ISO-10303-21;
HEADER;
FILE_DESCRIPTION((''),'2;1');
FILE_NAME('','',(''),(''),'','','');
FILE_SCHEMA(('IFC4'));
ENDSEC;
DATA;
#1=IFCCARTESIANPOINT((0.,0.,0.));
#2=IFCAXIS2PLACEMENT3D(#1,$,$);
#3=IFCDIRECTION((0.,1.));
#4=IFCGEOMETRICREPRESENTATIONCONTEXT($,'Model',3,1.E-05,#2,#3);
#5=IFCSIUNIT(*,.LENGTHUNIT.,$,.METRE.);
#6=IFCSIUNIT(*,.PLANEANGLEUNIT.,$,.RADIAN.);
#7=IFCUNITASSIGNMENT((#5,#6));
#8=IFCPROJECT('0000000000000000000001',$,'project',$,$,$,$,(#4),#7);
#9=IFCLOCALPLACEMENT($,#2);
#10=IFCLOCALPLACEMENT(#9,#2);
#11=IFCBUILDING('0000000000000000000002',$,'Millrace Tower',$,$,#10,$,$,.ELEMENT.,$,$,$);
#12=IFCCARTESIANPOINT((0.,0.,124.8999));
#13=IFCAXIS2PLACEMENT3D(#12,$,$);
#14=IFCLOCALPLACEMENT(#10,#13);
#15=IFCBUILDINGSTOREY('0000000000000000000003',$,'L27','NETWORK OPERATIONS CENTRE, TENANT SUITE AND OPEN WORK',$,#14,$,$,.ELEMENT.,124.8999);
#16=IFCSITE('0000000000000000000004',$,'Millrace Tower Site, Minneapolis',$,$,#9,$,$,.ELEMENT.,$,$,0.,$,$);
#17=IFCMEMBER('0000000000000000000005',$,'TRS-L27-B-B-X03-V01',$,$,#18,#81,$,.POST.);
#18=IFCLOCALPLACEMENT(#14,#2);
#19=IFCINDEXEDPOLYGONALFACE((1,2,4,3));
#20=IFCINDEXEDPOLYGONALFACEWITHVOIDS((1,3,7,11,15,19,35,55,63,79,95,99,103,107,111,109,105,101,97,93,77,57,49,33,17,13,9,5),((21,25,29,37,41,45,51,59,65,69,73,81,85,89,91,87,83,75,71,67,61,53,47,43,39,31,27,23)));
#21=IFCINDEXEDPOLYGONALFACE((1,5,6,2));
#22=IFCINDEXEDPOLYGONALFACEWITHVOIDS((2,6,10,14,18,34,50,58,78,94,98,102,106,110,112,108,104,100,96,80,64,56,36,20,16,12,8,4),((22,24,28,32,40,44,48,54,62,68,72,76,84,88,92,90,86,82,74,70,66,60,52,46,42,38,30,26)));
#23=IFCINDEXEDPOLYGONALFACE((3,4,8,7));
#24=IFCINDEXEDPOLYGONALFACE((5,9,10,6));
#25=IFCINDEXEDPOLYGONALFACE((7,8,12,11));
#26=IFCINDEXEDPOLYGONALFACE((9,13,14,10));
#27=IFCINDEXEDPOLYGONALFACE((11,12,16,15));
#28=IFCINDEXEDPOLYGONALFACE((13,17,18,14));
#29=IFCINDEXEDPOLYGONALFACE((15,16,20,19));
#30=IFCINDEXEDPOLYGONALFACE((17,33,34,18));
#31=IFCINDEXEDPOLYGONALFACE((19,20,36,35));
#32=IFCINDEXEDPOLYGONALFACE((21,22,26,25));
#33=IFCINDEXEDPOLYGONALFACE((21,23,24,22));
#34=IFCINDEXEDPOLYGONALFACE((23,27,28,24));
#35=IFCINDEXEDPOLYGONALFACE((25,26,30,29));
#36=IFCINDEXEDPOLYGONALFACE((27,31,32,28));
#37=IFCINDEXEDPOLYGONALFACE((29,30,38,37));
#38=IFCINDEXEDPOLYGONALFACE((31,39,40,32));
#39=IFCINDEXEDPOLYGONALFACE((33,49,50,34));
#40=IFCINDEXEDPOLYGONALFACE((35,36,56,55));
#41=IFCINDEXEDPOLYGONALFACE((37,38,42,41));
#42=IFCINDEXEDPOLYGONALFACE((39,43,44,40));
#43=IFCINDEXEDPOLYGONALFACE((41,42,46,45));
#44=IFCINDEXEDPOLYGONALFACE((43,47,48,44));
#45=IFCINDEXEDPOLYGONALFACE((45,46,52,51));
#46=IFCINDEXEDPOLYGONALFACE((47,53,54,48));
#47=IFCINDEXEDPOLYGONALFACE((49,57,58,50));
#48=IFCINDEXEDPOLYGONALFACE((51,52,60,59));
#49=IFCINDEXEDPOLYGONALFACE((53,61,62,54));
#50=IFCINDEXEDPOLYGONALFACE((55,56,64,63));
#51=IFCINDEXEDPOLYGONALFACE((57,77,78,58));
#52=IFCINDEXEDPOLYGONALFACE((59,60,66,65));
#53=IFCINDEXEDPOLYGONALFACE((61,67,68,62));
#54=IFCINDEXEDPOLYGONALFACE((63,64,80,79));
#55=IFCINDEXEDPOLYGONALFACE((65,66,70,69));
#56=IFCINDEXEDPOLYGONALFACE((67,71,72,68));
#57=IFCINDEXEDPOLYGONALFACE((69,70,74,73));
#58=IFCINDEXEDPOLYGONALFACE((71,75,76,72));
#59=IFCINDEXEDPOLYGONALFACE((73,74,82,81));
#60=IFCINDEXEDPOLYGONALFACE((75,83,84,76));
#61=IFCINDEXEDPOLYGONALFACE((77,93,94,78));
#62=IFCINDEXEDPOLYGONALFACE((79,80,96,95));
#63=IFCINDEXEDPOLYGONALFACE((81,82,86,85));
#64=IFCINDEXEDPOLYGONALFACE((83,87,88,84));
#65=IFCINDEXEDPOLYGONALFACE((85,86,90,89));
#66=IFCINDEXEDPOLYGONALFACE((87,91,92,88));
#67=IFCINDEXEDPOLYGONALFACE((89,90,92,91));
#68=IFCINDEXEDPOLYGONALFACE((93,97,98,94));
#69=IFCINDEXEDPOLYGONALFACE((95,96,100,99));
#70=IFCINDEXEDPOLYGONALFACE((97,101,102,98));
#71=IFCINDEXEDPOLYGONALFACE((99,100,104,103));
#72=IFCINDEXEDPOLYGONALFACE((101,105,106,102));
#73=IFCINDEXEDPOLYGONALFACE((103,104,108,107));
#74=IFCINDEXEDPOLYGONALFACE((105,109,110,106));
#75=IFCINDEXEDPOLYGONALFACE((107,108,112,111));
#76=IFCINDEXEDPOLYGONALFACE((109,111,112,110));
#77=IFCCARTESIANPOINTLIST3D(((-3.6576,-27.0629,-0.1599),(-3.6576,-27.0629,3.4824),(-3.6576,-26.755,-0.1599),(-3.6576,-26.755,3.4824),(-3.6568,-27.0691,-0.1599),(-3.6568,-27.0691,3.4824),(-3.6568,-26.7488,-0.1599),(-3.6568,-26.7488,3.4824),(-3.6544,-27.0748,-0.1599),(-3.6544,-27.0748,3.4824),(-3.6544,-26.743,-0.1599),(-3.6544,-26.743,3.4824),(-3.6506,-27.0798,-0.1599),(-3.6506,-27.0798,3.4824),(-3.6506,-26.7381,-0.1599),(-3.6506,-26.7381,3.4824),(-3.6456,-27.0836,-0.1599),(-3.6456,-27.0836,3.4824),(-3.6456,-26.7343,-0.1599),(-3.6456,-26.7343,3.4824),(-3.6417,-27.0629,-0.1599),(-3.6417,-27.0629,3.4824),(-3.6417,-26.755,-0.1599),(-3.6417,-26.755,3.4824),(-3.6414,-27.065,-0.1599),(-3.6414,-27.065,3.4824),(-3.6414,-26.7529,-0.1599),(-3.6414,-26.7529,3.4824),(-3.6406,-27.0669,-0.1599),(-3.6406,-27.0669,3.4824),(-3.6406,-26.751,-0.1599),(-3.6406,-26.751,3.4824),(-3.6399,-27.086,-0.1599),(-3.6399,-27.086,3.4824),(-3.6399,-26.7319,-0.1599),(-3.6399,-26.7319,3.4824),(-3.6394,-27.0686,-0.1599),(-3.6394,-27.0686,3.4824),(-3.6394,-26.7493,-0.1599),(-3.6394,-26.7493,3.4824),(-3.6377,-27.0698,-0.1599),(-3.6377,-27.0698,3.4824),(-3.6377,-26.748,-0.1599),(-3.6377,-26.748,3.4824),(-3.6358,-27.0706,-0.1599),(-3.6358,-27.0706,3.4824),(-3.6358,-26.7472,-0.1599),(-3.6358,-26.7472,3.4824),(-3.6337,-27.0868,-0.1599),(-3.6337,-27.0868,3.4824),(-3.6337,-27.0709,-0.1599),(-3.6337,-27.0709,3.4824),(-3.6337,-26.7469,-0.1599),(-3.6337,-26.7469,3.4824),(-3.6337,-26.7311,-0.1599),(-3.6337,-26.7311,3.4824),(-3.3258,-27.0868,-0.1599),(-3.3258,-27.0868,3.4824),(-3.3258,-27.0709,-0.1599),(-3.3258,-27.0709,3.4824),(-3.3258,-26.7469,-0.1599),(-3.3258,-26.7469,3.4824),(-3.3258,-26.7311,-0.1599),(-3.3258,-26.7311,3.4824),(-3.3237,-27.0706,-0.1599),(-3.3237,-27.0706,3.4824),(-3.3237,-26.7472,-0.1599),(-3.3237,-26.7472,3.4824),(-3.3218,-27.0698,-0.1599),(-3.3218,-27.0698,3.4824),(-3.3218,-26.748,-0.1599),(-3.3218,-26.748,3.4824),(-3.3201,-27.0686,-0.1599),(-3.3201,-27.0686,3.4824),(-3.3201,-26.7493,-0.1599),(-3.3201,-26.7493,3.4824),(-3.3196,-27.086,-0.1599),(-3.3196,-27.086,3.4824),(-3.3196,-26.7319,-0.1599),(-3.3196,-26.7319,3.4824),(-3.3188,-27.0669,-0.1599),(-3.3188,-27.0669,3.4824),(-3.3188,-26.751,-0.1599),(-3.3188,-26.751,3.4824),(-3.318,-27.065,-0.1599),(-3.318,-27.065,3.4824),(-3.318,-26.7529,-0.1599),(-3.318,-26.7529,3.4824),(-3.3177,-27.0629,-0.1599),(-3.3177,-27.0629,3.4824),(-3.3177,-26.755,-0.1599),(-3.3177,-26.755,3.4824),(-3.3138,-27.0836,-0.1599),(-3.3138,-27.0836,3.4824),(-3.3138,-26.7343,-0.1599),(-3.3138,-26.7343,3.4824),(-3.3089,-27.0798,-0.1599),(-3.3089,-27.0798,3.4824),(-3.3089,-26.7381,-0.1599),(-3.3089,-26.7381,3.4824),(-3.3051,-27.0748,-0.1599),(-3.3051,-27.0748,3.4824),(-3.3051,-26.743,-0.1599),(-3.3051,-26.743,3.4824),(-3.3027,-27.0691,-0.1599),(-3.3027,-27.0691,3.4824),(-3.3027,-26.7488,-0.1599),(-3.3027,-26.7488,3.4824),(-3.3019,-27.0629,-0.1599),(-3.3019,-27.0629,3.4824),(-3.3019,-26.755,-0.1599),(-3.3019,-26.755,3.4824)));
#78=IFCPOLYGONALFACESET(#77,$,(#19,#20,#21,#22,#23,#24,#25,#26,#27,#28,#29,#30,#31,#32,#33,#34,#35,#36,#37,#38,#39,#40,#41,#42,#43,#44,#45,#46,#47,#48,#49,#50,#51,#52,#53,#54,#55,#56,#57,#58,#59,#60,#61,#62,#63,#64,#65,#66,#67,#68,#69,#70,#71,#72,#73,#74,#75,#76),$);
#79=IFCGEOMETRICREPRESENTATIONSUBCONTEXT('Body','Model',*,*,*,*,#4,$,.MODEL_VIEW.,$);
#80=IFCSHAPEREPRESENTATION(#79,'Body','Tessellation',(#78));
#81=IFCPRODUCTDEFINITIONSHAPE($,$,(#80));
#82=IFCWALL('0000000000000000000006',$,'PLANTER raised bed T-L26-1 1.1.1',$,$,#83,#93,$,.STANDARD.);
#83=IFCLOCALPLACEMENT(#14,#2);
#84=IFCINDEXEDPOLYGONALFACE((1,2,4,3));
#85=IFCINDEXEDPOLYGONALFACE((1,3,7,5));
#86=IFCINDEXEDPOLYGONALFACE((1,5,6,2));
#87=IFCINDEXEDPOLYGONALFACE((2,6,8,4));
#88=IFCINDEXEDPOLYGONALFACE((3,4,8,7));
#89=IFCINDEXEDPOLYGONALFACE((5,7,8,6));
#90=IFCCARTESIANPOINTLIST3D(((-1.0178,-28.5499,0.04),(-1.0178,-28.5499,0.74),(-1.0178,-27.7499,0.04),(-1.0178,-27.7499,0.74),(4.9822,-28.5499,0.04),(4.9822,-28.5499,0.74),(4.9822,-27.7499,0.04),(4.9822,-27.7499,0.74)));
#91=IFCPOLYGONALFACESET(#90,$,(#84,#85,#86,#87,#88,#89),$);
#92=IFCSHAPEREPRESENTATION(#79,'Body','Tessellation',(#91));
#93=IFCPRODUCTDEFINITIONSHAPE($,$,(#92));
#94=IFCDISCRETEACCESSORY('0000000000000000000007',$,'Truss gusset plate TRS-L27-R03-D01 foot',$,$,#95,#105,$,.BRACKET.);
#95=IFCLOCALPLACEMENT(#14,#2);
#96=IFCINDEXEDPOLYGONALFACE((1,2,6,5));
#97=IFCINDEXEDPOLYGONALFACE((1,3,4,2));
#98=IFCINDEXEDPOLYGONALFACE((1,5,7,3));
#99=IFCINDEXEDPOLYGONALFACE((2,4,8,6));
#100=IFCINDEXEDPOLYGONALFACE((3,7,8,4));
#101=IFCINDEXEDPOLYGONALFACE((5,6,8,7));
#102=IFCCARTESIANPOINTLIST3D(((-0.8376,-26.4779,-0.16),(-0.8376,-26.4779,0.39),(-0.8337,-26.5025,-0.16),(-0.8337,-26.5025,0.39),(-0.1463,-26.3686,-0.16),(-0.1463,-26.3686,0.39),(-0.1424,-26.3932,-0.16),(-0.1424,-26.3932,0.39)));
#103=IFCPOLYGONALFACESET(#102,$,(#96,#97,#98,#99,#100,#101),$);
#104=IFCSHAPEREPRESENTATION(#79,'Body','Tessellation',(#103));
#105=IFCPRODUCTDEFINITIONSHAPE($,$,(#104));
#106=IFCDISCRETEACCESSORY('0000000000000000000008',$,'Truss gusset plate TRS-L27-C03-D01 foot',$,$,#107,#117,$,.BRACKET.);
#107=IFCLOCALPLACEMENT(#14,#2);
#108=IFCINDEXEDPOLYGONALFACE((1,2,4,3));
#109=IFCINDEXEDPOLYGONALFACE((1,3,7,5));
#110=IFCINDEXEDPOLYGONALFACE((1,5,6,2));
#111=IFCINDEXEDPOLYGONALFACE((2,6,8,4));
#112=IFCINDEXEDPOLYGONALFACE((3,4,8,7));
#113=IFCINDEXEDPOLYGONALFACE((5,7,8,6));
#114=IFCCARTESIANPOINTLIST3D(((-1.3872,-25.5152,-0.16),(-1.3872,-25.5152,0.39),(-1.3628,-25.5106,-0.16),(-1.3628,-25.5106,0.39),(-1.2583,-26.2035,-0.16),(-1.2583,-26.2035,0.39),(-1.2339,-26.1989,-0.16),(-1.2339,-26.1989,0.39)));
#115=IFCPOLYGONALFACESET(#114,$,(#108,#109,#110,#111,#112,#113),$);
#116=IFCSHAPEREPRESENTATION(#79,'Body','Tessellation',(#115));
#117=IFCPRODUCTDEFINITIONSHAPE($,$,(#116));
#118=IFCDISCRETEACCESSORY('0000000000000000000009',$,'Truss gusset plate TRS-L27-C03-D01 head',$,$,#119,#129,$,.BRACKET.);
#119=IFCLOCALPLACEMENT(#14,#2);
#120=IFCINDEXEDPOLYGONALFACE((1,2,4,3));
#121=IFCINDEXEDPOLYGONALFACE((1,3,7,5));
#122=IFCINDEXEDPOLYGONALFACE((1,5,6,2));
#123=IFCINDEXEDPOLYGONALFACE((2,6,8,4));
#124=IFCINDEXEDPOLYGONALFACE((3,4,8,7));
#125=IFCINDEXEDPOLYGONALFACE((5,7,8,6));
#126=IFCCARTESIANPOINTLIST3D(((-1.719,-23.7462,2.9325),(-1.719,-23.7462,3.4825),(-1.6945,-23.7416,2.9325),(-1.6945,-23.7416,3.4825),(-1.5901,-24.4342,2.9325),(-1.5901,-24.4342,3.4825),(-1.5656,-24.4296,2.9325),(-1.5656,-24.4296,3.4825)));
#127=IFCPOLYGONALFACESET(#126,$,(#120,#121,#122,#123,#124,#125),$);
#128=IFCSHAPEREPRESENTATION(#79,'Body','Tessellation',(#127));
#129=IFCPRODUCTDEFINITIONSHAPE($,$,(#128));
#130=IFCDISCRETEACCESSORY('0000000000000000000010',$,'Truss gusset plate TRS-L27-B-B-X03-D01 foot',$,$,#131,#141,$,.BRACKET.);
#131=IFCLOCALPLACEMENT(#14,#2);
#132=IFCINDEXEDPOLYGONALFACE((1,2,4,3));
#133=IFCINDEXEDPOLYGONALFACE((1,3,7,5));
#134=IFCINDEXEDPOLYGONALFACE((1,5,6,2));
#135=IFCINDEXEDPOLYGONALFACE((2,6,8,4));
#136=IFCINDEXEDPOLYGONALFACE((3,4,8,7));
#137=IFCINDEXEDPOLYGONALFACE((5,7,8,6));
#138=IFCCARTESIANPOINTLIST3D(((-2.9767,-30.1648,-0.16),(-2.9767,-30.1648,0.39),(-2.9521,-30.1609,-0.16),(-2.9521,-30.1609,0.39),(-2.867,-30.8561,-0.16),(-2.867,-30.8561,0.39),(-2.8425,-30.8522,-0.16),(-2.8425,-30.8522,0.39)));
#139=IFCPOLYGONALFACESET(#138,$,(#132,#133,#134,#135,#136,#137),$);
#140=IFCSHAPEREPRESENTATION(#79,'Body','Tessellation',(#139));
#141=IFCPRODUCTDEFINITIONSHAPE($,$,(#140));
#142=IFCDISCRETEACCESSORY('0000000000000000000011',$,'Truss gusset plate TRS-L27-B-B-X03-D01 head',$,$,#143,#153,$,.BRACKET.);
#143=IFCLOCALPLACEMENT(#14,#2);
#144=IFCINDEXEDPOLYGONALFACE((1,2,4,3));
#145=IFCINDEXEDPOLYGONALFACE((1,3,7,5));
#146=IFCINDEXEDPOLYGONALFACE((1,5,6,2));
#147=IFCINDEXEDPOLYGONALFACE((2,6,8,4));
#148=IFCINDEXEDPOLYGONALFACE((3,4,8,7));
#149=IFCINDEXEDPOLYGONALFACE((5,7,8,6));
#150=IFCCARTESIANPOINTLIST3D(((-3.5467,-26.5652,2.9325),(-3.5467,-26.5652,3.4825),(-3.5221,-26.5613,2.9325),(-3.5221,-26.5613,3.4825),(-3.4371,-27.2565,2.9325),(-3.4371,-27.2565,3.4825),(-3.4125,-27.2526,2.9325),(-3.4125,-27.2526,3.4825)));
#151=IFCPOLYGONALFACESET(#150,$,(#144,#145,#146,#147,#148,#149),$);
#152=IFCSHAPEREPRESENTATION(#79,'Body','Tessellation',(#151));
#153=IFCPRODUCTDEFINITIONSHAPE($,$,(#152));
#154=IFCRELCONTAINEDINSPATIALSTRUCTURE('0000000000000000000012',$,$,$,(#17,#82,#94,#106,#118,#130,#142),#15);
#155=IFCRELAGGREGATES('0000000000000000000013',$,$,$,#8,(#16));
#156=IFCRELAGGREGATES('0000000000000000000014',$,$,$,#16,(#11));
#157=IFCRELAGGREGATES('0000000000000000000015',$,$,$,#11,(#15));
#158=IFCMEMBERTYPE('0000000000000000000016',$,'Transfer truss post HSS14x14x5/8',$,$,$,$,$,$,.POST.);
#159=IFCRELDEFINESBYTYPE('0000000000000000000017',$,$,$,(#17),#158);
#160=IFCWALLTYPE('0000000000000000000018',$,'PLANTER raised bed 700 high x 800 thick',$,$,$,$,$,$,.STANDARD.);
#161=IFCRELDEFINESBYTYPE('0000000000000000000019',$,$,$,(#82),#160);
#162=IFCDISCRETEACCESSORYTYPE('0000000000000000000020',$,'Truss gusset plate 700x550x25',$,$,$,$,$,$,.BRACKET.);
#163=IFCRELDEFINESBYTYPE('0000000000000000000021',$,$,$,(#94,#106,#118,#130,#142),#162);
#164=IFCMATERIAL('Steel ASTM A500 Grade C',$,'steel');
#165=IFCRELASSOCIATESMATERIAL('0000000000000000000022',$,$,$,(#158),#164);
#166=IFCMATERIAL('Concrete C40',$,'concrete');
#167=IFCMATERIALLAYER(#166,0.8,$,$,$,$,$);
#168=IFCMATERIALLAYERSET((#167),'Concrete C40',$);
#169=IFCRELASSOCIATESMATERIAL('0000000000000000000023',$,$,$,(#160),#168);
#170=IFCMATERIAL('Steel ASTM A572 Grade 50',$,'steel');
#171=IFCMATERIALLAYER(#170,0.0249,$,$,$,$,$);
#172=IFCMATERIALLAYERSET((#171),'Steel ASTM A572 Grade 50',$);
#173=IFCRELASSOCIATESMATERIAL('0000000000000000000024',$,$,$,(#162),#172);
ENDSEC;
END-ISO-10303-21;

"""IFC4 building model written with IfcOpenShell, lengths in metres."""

from ifc_helpers import new_model, si_unit, direction, frame, frame_2d, origin, origin_2d, place, context, subcontext, project, spatial, rectangle, hollow_rectangle, extrude, material, layer, layer_set, material_profile, profile_set, type_object, element, save


model = new_model("IFC4")

# Units and contexts
model_context = context("Model", 3, precision=1e-05, world=origin(), true_north=direction((0.0, 1.0)))
body_context = subcontext(model_context, "Body", "Model", "MODEL_VIEW")
ifc_project = project(units=[si_unit("LENGTHUNIT", "METRE"), si_unit("PLANEANGLEUNIT", "RADIAN")], contexts=[model_context])

# Site, building, storey
site_placement = place(None, origin())
site = spatial("IfcSite", under=ifc_project, at=site_placement, Name="Millrace Tower Site, Minneapolis", CompositionType="ELEMENT", RefElevation=0.0)
building_placement = place(site_placement, origin())
building = spatial("IfcBuilding", under=site, at=building_placement, Name="Millrace Tower", CompositionType="ELEMENT")
storey_placement = place(building_placement, frame((0.0, 0.0, 124.8999)))
storey = spatial("IfcBuildingStorey", under=building, at=storey_placement, Name="L27", Description="NETWORK OPERATIONS CENTRE, TENANT SUITE AND OPEN WORK", CompositionType="ELEMENT", Elevation=124.8999)

# Member
ifc_material_1 = material(Name="Steel ASTM A500 Grade C", Category="steel")
ifc_material_profile_1 = material_profile(ifc_material_1, hollow_rectangle(XDim=0.3557, YDim=0.3557, WallThickness=0.0159, InnerFilletRadius=0.0081, OuterFilletRadius=0.0239, at=origin_2d()))
ifc_profile_set_1 = profile_set([ifc_material_profile_1], Name="Steel ASTM A500 Grade C")
member_type_1 = type_object("IfcMemberType", Name="Transfer truss post HSS14x14x5/8", PredefinedType="POST", material=ifc_profile_set_1)
member_1_placement = place(storey_placement, frame((-3.4797, -26.9089, -0.1599), z_axis=(0.0, 0.0, 1.0), x_axis=(1.0, 0.0, 0.0)))
element("IfcMember", 1, at=member_1_placement, inside=storey, type_object=member_type_1, Name="TRS-L27-B-B-X03-V01", PredefinedType="POST", context=body_context, shape_type="SweptSolid", body=[
    extrude(hollow_rectangle(XDim=0.3557, YDim=0.3557, WallThickness=0.0159, InnerFilletRadius=0.0081, OuterFilletRadius=0.0239, at=origin_2d()), origin(), (0.0, 0.0, 1.0), 3.6423),
])

# Wall
ifc_material_2 = material(Name="Concrete C40", Category="concrete")
ifc_layer_1 = layer(ifc_material_2, 0.8)
ifc_layer_set_1 = layer_set([ifc_layer_1], Name="Concrete C40")
wall_type = type_object("IfcWallType", Name="PLANTER raised bed 700 high x 800 thick", PredefinedType="STANDARD", material=ifc_layer_set_1)
wall_placement = place(storey_placement, frame((-1.0178, -28.1499, 0.04), z_axis=(0.0, 0.0, 1.0), x_axis=(1.0, 0.0, 0.0)))
element("IfcWall", 2, at=wall_placement, inside=storey, type_object=wall_type, Name="PLANTER raised bed T-L26-1 1.1.1", PredefinedType="STANDARD", context=body_context, shape_type="SweptSolid", body=[
    extrude(rectangle(XDim=6.0, YDim=0.8, at=frame_2d((3.0, 0.0))), origin(), (0.0, 0.0, 1.0), 0.7),
])

# Discrete accessories
ifc_material_3 = material(Name="Steel ASTM A572 Grade 50", Category="steel")
ifc_layer_2 = layer(ifc_material_3, 0.0249)
ifc_layer_set_2 = layer_set([ifc_layer_2], Name="Steel ASTM A572 Grade 50")
discrete_accessory_type = type_object("IfcDiscreteAccessoryType", Name="Truss gusset plate 700x550x25", PredefinedType="BRACKET", material=ifc_layer_set_2)
discrete_accessory_1_placement = place(storey_placement, frame((-0.8357, -26.4902, 0.115), z_axis=(0.987718, 0.156249, 0.0), x_axis=(-0.156249, 0.987718, 0.0)))
element("IfcDiscreteAccessory", 3, at=discrete_accessory_1_placement, inside=storey, type_object=discrete_accessory_type, Name="Truss gusset plate TRS-L27-R03-D01 foot", PredefinedType="BRACKET", context=body_context, shape_type="SweptSolid", body=[
    extrude(rectangle(XDim=0.0249, YDim=0.55, at=origin_2d()), origin(), (0.0, 0.0, 1.0), 0.7),
])
discrete_accessory_2_placement = place(storey_placement, frame((-1.375, -25.5129, 0.115), z_axis=(0.184099, -0.982908, 0.0), x_axis=(0.982908, 0.184099, 0.0)))
element("IfcDiscreteAccessory", 4, at=discrete_accessory_2_placement, inside=storey, type_object=discrete_accessory_type, Name="Truss gusset plate TRS-L27-C03-D01 foot", PredefinedType="BRACKET", context=body_context, shape_type="SweptSolid", body=[
    extrude(rectangle(XDim=0.0249, YDim=0.55, at=origin_2d()), origin(), (0.0, 0.0, 1.0), 0.7002),
])
for number, where, z_axis, x_axis, name in (
    (5, (-1.7068, -23.7439, 3.2075), (0.184162, -0.982896, 0.0), (0.982896, 0.184162, 0.0), "Truss gusset plate TRS-L27-C03-D01 head"),
    (6, (-2.9644, -30.1628, 0.115), (0.156589, -0.987664, 0.0), (0.987664, 0.156589, 0.0), "Truss gusset plate TRS-L27-B-B-X03-D01 foot"),
    (7, (-3.5344, -26.5632, 3.2075), (0.156589, -0.987664, 0.0), (0.987664, 0.156589, 0.0), "Truss gusset plate TRS-L27-B-B-X03-D01 head"),
):
    element("IfcDiscreteAccessory", number, at=place(storey_placement, frame(where, z_axis=z_axis, x_axis=x_axis)), inside=storey, type_object=discrete_accessory_type, Name=name, PredefinedType="BRACKET", context=body_context, shape_type="SweptSolid", body=[
        extrude(rectangle(XDim=0.0249, YDim=0.55, at=origin_2d()), origin(), (0.0, 0.0, 1.0), 0.7),
    ])

save(model, "model.ifc")
